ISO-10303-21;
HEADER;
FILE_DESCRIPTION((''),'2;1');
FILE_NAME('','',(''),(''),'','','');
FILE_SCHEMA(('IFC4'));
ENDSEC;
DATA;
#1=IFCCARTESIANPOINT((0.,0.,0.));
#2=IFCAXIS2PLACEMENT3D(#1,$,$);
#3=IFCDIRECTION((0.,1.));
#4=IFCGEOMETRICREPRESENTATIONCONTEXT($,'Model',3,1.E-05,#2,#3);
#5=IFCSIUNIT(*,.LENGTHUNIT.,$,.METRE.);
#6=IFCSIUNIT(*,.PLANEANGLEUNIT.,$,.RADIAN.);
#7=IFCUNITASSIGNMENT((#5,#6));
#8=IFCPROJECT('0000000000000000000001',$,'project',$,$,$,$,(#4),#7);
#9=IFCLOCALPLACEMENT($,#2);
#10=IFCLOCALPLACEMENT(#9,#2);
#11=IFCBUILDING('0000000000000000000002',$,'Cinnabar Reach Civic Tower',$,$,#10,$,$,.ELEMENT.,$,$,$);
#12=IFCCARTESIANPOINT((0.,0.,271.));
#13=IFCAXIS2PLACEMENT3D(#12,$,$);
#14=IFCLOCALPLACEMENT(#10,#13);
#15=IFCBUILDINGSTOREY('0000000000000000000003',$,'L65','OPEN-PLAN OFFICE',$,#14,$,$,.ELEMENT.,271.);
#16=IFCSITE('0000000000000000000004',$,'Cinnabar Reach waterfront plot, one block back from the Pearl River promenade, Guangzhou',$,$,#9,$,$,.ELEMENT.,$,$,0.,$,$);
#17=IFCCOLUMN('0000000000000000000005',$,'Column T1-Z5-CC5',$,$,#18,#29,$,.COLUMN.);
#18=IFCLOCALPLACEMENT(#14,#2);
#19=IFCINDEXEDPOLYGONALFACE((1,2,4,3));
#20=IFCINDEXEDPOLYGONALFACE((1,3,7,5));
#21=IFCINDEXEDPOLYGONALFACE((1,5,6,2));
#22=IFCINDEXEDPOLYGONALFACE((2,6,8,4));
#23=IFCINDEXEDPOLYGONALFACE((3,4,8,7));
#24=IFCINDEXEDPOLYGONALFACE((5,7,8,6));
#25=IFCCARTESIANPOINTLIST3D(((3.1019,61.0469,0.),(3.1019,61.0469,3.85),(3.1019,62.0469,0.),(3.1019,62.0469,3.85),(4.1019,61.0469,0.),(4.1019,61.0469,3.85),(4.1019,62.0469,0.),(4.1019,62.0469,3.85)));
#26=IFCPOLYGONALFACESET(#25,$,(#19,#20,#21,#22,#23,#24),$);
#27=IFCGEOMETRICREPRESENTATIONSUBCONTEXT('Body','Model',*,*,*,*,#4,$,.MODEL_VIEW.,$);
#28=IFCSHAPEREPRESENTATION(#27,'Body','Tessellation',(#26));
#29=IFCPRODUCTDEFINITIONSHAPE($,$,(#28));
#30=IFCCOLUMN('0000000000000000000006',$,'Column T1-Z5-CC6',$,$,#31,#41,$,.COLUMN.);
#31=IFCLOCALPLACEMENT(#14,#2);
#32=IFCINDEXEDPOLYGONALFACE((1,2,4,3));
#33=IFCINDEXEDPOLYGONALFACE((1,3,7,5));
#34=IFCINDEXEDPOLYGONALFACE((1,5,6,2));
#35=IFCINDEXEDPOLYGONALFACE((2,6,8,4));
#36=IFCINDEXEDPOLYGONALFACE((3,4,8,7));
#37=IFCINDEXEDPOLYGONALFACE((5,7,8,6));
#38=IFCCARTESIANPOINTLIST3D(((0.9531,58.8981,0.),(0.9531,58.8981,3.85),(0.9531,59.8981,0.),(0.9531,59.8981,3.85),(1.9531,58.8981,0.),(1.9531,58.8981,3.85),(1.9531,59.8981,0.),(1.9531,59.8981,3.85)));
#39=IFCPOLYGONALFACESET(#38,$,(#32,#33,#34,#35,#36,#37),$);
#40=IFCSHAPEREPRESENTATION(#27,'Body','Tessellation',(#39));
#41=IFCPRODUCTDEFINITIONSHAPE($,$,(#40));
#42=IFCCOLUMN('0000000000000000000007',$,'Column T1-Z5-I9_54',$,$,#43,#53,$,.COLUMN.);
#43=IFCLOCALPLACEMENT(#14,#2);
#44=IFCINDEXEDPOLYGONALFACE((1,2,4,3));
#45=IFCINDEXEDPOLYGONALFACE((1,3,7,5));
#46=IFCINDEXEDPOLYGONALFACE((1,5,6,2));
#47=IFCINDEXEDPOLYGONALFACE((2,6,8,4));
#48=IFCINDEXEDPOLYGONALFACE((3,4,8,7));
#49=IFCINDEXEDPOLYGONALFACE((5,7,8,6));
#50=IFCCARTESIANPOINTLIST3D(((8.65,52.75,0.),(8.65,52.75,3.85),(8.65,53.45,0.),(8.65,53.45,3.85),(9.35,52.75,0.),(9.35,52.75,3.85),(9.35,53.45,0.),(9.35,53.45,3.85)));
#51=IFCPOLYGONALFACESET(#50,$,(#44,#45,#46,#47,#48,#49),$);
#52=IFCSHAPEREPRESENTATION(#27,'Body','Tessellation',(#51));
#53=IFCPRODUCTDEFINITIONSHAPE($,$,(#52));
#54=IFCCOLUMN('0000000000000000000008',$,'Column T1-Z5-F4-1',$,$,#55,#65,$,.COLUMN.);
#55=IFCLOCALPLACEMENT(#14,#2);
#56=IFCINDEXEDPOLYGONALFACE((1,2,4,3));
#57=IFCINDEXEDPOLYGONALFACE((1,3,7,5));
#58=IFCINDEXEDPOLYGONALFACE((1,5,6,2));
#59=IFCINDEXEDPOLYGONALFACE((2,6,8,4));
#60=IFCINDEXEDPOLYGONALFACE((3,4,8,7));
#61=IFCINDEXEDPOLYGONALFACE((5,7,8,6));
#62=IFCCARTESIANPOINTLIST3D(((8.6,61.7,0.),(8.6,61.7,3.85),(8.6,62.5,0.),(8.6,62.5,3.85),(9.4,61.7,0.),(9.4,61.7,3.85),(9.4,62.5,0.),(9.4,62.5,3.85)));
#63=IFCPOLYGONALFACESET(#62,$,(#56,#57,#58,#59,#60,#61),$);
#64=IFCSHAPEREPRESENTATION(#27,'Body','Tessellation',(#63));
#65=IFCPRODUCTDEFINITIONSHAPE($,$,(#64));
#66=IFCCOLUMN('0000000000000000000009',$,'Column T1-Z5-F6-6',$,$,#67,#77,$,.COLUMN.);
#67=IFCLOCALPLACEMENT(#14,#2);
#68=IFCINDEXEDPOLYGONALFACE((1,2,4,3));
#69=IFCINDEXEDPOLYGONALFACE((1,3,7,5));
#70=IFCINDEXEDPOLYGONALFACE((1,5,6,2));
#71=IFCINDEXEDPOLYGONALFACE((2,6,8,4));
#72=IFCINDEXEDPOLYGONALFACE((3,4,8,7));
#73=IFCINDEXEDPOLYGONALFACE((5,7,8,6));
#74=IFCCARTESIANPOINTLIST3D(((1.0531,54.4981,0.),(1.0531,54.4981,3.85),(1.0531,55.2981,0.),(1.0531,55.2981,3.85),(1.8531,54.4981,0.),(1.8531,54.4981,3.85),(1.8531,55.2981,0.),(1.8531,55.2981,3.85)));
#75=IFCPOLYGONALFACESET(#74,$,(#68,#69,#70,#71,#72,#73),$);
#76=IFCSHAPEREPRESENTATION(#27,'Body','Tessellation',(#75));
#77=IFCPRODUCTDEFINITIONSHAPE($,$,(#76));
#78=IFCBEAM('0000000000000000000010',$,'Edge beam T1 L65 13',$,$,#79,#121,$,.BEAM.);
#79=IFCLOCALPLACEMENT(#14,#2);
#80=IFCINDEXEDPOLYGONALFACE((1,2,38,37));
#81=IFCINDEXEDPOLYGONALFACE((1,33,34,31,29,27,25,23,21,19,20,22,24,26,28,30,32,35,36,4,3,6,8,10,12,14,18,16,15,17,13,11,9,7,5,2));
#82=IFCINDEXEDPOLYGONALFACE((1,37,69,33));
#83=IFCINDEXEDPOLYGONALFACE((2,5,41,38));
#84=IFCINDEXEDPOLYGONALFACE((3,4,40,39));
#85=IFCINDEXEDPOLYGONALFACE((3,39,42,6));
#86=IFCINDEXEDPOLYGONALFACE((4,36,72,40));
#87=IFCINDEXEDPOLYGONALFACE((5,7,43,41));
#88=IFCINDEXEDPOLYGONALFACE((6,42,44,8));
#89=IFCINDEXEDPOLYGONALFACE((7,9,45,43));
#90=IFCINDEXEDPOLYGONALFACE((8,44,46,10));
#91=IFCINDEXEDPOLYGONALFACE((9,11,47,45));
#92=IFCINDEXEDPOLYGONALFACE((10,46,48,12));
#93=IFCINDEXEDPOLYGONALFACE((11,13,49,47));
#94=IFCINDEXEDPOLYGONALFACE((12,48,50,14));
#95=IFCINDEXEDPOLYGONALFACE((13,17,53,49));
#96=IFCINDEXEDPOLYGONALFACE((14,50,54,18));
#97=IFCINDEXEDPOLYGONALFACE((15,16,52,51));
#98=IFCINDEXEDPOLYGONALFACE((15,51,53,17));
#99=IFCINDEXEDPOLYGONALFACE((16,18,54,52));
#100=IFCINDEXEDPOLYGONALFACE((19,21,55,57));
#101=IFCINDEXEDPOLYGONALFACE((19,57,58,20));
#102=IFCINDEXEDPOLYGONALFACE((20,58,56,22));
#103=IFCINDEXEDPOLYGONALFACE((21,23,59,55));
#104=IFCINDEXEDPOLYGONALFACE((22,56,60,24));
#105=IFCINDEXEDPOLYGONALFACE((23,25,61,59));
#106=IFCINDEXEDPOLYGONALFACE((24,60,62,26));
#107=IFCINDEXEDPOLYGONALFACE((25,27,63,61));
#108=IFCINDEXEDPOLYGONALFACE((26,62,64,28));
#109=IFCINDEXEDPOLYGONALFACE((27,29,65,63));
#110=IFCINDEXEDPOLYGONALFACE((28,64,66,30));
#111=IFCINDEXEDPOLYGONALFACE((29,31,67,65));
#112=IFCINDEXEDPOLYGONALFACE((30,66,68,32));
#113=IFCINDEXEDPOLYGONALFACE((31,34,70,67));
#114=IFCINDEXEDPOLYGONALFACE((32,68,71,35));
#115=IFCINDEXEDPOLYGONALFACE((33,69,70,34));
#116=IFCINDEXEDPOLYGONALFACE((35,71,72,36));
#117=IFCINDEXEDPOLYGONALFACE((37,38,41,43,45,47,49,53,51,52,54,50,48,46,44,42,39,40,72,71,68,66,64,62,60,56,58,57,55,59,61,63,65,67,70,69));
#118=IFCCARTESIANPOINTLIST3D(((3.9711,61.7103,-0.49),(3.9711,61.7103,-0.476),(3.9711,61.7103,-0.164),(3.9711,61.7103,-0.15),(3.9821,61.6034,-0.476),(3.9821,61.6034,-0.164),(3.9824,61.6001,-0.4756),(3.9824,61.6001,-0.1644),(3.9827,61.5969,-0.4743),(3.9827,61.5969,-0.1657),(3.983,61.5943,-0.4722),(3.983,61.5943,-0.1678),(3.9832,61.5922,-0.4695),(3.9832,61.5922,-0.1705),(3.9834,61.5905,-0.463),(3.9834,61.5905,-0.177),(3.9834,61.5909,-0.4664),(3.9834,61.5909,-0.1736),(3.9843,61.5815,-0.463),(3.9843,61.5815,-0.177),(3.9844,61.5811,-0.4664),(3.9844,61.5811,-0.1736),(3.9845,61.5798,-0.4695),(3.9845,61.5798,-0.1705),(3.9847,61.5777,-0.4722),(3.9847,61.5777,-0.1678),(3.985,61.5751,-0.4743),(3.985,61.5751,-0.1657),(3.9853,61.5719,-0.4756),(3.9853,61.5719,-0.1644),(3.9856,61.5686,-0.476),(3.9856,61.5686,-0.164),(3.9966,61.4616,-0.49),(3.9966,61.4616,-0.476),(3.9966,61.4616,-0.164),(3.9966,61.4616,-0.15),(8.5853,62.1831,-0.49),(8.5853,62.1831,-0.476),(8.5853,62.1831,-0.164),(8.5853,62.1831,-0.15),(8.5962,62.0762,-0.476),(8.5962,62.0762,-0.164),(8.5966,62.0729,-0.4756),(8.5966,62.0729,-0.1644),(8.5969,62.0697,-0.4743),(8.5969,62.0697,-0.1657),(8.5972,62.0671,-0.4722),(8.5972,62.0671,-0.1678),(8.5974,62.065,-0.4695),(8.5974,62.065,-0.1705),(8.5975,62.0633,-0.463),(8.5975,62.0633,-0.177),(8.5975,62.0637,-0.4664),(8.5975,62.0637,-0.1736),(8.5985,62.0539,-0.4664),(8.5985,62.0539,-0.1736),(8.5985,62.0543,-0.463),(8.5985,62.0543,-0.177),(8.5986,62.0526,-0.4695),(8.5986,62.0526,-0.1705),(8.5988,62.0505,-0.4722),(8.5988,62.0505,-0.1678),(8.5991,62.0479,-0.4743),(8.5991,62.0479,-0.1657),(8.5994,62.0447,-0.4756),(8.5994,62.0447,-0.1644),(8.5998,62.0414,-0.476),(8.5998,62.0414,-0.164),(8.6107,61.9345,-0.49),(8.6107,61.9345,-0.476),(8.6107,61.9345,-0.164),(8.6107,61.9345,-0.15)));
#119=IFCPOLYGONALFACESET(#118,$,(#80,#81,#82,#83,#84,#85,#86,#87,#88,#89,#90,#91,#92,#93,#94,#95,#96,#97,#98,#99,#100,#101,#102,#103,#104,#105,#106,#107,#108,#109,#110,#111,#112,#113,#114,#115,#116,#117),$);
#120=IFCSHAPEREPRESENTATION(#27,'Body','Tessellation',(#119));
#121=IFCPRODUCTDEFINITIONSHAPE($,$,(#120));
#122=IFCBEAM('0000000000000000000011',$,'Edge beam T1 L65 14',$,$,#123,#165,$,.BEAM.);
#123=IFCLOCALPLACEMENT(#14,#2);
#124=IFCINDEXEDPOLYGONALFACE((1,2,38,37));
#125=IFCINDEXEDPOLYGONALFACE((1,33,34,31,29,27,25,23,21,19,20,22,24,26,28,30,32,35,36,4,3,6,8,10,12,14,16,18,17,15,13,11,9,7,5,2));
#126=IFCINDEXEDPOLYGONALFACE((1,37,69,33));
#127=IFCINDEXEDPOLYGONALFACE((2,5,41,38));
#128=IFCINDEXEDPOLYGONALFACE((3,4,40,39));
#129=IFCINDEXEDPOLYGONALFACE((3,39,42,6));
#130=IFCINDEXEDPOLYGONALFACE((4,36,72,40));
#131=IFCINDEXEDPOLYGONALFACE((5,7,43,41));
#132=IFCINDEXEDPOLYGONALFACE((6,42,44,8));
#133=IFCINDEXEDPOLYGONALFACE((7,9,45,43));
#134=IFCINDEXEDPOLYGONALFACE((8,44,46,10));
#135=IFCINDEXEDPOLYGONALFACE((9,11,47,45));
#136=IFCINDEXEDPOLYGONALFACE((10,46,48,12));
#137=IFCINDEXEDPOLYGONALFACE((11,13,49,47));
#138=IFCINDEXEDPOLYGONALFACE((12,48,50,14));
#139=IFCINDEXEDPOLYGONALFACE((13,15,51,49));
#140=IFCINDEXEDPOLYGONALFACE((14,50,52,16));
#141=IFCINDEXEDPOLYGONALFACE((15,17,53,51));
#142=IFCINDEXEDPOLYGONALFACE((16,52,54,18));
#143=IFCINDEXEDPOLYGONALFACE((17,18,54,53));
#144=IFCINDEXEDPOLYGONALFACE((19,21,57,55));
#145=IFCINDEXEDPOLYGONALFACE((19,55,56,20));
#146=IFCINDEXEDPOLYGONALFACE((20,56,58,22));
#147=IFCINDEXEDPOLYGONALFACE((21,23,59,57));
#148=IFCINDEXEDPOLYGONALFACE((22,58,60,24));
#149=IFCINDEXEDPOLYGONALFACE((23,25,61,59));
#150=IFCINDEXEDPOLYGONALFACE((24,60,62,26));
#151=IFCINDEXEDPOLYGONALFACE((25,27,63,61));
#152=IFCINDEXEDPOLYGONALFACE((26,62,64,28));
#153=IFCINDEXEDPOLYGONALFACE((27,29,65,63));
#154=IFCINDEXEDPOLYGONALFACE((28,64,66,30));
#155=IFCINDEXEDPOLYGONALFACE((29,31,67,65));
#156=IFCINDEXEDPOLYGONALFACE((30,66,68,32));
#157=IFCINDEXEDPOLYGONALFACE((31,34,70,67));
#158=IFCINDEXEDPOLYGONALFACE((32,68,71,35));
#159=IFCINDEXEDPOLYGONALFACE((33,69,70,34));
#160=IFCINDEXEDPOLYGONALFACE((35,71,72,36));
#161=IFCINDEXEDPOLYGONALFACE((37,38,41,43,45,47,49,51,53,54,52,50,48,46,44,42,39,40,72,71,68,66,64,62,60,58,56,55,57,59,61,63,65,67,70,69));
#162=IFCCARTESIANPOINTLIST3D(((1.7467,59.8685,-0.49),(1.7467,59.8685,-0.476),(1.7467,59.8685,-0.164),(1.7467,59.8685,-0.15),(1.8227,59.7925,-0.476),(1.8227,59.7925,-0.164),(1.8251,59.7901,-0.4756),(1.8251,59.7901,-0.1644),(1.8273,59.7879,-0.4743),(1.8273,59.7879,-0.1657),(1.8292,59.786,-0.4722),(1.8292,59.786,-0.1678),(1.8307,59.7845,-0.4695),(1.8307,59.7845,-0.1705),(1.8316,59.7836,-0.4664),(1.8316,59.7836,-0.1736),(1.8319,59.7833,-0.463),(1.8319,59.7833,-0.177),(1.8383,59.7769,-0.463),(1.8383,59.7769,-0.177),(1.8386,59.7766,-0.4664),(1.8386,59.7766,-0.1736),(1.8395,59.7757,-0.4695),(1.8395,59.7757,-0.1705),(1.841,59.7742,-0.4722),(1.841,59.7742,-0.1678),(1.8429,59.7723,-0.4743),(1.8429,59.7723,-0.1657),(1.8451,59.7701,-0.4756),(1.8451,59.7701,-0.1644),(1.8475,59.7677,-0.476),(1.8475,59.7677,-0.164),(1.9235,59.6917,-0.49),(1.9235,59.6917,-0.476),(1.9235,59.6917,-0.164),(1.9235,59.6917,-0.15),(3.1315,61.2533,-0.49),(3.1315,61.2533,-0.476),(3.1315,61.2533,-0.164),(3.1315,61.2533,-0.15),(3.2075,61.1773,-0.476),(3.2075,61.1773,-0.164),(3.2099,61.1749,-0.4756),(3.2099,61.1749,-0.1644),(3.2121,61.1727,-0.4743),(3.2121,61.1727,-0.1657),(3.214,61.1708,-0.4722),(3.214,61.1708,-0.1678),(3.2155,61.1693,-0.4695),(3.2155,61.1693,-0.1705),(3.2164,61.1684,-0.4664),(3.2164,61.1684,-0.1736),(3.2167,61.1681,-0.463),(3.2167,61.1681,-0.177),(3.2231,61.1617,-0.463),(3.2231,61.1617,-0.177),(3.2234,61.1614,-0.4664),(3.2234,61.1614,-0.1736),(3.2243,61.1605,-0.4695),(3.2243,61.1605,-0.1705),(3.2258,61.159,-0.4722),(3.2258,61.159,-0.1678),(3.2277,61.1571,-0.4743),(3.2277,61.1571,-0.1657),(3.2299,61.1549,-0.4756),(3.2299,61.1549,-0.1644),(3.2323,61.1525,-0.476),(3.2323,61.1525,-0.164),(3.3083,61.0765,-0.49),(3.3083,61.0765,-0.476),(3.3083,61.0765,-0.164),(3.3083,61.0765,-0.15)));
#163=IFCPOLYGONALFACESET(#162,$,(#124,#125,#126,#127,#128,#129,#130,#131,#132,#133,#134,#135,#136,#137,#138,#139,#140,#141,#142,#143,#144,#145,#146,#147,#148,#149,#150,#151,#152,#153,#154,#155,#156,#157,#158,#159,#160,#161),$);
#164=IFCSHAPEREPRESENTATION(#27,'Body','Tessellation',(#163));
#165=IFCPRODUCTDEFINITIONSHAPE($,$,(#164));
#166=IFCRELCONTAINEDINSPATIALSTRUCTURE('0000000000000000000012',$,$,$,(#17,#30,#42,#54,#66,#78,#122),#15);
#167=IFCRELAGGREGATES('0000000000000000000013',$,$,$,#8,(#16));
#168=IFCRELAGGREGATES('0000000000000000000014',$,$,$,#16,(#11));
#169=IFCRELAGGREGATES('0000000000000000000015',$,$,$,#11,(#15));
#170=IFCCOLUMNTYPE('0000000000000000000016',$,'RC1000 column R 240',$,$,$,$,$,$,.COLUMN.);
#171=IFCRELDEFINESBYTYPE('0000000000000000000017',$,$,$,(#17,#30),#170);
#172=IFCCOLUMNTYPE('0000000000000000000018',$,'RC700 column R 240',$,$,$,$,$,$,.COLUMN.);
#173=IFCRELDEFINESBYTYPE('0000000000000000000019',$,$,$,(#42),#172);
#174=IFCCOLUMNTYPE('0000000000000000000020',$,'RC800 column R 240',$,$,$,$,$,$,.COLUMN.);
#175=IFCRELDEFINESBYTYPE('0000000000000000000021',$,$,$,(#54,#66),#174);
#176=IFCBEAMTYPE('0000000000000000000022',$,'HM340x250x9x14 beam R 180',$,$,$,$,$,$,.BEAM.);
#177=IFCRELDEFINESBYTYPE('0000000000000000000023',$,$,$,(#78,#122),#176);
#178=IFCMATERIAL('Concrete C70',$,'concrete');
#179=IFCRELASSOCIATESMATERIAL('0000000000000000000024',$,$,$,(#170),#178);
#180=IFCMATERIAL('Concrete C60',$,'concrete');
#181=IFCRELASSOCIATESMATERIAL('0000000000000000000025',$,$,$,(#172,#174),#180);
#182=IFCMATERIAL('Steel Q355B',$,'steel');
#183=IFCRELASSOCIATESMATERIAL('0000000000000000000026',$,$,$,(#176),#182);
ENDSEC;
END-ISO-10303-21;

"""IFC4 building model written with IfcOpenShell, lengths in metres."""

from ifc_helpers import new_model, si_unit, direction, frame, origin, origin_2d, place, context, subcontext, project, spatial, rectangle, i_section, extrude, material, material_profile, profile_set, type_object, element, save


model = new_model("IFC4")

# Units and contexts
model_context = context("Model", 3, precision=1e-05, world=origin(), true_north=direction((0.0, 1.0)))
body_context = subcontext(model_context, "Body", "Model", "MODEL_VIEW")
ifc_project = project(units=[si_unit("LENGTHUNIT", "METRE"), si_unit("PLANEANGLEUNIT", "RADIAN")], contexts=[model_context])

# Site, building, storey
site_placement = place(None, origin())
site = spatial("IfcSite", under=ifc_project, at=site_placement, Name="Cinnabar Reach waterfront plot, one block back from the Pearl River promenade, Guangzhou", CompositionType="ELEMENT", RefElevation=0.0)
building_placement = place(site_placement, origin())
building = spatial("IfcBuilding", under=site, at=building_placement, Name="Cinnabar Reach Civic Tower", CompositionType="ELEMENT")
storey_placement = place(building_placement, frame((0.0, 0.0, 271.0)))
storey = spatial("IfcBuildingStorey", under=building, at=storey_placement, Name="L65", Description="OPEN-PLAN OFFICE", CompositionType="ELEMENT", Elevation=271.0)

# Columns
ifc_material_1 = material(Name="Concrete C70", Category="concrete")
ifc_material_profile_1 = material_profile(ifc_material_1, rectangle(XDim=1.0, YDim=1.0, at=origin_2d()), Name="RC1000")
ifc_profile_set_1 = profile_set([ifc_material_profile_1], Name="Concrete C70")
column_type_1 = type_object("IfcColumnType", Name="RC1000 column R 240", PredefinedType="COLUMN", material=ifc_profile_set_1)
for number, where, z_axis, x_axis, name in (
    (1, (3.6019, 61.5469, 0.0), (0.0, 0.0, 1.0), (1.0, 0.0, 0.0), "Column T1-Z5-CC5"),
    (2, (1.4531, 59.3981, 0.0), (0.0, 0.0, 1.0), (1.0, 0.0, 0.0), "Column T1-Z5-CC6"),
):
    element("IfcColumn", number, at=place(storey_placement, frame(where, z_axis=z_axis, x_axis=x_axis)), inside=storey, type_object=column_type_1, Name=name, PredefinedType="COLUMN", context=body_context, shape_type="SweptSolid", body=[
        extrude(rectangle(XDim=1.0, YDim=1.0, at=origin_2d()), origin(), (0.0, 0.0, 1.0), 3.85),
    ])
ifc_material_2 = material(Name="Concrete C60", Category="concrete")
ifc_material_profile_2 = material_profile(ifc_material_2, rectangle(XDim=0.7, YDim=0.7, at=origin_2d()), Name="RC700")
ifc_profile_set_2 = profile_set([ifc_material_profile_2], Name="Concrete C60")
column_type_2 = type_object("IfcColumnType", Name="RC700 column R 240", PredefinedType="COLUMN", material=ifc_profile_set_2)
column_placement = place(storey_placement, frame((9.0, 53.1, 0.0), z_axis=(0.0, 0.0, 1.0), x_axis=(1.0, 0.0, 0.0)))
element("IfcColumn", 3, at=column_placement, inside=storey, type_object=column_type_2, Name="Column T1-Z5-I9_54", PredefinedType="COLUMN", context=body_context, shape_type="SweptSolid", body=[
    extrude(rectangle(XDim=0.7, YDim=0.7, at=origin_2d()), origin(), (0.0, 0.0, 1.0), 3.85),
])
ifc_material_profile_3 = material_profile(ifc_material_2, rectangle(XDim=0.8, YDim=0.8, at=origin_2d()), Name="RC800")
ifc_profile_set_3 = profile_set([ifc_material_profile_3], Name="Concrete C60")
column_type_3 = type_object("IfcColumnType", Name="RC800 column R 240", PredefinedType="COLUMN", material=ifc_profile_set_3)
for number, where, z_axis, x_axis, name in (
    (4, (9.0, 62.1, 0.0), (0.0, 0.0, 1.0), (1.0, 0.0, 0.0), "Column T1-Z5-F4-1"),
    (5, (1.4531, 54.8981, 0.0), (0.0, 0.0, 1.0), (1.0, 0.0, 0.0), "Column T1-Z5-F6-6"),
):
    element("IfcColumn", number, at=place(storey_placement, frame(where, z_axis=z_axis, x_axis=x_axis)), inside=storey, type_object=column_type_3, Name=name, PredefinedType="COLUMN", context=body_context, shape_type="SweptSolid", body=[
        extrude(rectangle(XDim=0.8, YDim=0.8, at=origin_2d()), origin(), (0.0, 0.0, 1.0), 3.85),
    ])

# Beams
ifc_material_3 = material(Name="Steel Q355B", Category="steel")
ifc_material_profile_4 = material_profile(ifc_material_3, i_section(OverallWidth=0.25, OverallDepth=0.34, WebThickness=0.009, FlangeThickness=0.014, FilletRadius=0.013, at=origin_2d()), Name="HM340x250x9x14")
ifc_profile_set_4 = profile_set([ifc_material_profile_4], Name="Steel Q355B")
beam_type_1 = type_object("IfcBeamType", Name="HM340x250x9x14 beam R 180", PredefinedType="BEAM", material=ifc_profile_set_4)
beam_1_placement = place(storey_placement, frame((8.598, 62.0588, -0.32), z_axis=(-0.994791, -0.101935, 0.0), x_axis=(0.101935, -0.994791, 0.0)))
element("IfcBeam", 6, at=beam_1_placement, inside=storey, type_object=beam_type_1, Name="Edge beam T1 L65 13", PredefinedType="BEAM", context=body_context, shape_type="SweptSolid", body=[
    extrude(i_section(OverallWidth=0.25, OverallDepth=0.34, WebThickness=0.009, FlangeThickness=0.014, FilletRadius=0.013, at=origin_2d()), origin(), (0.0, 0.0, 1.0), 4.6383),
])
beam_2_placement = place(storey_placement, frame((3.2199, 61.1649, -0.32), z_axis=(-0.707107, -0.707107, 0.0), x_axis=(0.707107, -0.707107, 0.0)))
element("IfcBeam", 7, at=beam_2_placement, inside=storey, type_object=beam_type_1, Name="Edge beam T1 L65 14", PredefinedType="BEAM", context=body_context, shape_type="SweptSolid", body=[
    extrude(i_section(OverallWidth=0.25, OverallDepth=0.34, WebThickness=0.009, FlangeThickness=0.014, FilletRadius=0.013, at=origin_2d()), origin(), (0.0, 0.0, 1.0), 1.9584),
])

save(model, "model.ifc")
